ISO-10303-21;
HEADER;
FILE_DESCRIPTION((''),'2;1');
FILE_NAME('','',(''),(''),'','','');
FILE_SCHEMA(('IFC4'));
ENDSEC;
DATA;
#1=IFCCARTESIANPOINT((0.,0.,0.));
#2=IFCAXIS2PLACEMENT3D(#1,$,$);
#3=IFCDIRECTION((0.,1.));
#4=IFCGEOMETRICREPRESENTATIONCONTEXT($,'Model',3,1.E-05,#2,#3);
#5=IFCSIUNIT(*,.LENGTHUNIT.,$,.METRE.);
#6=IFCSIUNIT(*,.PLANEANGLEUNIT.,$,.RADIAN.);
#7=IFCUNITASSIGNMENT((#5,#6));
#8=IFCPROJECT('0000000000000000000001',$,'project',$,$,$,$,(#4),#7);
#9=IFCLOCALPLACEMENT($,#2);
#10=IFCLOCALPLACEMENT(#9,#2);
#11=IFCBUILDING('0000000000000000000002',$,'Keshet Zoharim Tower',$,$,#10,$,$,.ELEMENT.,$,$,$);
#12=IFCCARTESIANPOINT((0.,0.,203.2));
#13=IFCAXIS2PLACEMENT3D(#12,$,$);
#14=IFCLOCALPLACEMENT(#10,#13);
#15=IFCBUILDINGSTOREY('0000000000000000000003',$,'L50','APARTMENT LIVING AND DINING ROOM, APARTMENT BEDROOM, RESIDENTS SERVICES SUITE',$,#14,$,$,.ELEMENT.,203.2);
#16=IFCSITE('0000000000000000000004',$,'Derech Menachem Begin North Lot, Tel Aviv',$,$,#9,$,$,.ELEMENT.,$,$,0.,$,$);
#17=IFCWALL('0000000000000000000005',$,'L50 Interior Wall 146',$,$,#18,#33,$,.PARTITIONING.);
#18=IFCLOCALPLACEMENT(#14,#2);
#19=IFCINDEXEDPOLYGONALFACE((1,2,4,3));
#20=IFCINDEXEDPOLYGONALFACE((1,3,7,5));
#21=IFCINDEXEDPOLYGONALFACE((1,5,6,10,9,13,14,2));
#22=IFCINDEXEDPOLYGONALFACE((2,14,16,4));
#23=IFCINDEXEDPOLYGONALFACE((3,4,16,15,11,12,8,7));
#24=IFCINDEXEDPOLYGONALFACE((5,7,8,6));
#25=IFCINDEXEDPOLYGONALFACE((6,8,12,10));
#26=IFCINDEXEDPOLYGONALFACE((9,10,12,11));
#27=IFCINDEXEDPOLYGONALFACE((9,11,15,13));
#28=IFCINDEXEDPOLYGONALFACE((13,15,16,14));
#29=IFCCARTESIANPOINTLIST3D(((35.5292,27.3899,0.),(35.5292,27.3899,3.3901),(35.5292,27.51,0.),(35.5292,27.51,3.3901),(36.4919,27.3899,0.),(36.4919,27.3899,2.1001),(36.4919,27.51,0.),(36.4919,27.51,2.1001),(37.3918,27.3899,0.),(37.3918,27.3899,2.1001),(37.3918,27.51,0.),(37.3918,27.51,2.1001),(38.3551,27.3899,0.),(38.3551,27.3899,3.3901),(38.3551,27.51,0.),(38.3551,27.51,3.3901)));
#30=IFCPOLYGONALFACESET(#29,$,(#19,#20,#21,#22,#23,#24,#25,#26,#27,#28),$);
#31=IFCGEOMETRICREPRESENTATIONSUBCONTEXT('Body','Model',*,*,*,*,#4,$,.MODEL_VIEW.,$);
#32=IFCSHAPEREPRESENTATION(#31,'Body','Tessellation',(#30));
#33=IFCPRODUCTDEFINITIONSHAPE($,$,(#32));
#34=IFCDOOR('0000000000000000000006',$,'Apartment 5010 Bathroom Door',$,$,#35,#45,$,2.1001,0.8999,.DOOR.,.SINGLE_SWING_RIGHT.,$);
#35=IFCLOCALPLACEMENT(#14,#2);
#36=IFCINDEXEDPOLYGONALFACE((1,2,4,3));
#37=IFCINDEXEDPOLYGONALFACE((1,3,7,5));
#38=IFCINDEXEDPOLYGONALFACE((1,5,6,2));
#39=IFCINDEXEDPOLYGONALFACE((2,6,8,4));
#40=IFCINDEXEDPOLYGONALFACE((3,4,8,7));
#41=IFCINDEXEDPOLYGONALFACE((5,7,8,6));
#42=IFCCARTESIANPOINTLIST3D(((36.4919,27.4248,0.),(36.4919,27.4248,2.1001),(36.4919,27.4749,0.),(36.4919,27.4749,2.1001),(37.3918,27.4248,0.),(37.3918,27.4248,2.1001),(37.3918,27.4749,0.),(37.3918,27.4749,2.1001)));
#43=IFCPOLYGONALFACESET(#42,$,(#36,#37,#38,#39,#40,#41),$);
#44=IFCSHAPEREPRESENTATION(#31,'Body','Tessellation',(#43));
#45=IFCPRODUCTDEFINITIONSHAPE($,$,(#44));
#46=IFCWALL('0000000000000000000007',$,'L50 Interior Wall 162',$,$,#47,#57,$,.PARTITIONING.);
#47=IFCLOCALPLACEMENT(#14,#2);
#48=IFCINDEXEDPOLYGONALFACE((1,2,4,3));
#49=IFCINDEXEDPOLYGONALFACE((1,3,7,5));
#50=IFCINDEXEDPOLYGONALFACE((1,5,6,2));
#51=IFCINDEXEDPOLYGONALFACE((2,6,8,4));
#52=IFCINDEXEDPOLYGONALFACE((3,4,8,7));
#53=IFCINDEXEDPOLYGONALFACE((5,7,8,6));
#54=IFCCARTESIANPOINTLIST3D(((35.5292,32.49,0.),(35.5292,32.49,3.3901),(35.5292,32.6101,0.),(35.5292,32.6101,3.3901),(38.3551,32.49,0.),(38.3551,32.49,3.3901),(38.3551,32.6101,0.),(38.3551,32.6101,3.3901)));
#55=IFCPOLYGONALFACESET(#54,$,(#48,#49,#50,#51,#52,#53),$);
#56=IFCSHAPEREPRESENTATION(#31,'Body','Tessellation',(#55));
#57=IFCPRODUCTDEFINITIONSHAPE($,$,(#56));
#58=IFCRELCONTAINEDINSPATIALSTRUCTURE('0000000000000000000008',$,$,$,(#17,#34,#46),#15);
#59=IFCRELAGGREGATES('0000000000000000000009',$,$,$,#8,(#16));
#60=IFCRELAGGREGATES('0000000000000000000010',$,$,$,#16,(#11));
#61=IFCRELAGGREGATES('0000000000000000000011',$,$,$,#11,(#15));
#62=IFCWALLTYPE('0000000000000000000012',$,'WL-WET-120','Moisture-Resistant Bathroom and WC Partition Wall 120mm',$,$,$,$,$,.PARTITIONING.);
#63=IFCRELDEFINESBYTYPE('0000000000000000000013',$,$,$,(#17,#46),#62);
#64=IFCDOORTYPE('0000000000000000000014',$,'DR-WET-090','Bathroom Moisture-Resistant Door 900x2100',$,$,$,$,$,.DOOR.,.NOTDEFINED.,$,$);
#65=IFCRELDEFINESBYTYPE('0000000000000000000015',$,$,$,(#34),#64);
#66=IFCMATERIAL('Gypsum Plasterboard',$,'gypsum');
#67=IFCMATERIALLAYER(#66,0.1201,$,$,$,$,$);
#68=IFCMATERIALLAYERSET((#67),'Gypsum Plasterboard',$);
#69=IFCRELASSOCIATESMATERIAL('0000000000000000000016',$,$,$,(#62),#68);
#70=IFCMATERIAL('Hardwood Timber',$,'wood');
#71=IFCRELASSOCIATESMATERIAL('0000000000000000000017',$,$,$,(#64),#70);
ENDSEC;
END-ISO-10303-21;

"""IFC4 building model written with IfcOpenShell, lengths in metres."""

from ifc_helpers import new_model, si_unit, direction, frame, frame_2d, origin, place, context, subcontext, project, spatial, rectangle, extrude, material, layer, layer_set, type_object, element, fill, save


model = new_model("IFC4")

# Units and contexts
model_context = context("Model", 3, precision=1e-05, world=origin(), true_north=direction((0.0, 1.0)))
body_context = subcontext(model_context, "Body", "Model", "MODEL_VIEW")
ifc_project = project(units=[si_unit("LENGTHUNIT", "METRE"), si_unit("PLANEANGLEUNIT", "RADIAN")], contexts=[model_context])

# Site, building, storey
site_placement = place(None, origin())
site = spatial("IfcSite", under=ifc_project, at=site_placement, Name="Derech Menachem Begin North Lot, Tel Aviv", CompositionType="ELEMENT", RefElevation=0.0)
building_placement = place(site_placement, origin())
building = spatial("IfcBuilding", under=site, at=building_placement, Name="Keshet Zoharim Tower", CompositionType="ELEMENT")
storey_placement = place(building_placement, frame((0.0, 0.0, 203.2)))
storey = spatial("IfcBuildingStorey", under=building, at=storey_placement, Name="L50", Description="APARTMENT LIVING AND DINING ROOM, APARTMENT BEDROOM, RESIDENTS SERVICES SUITE", CompositionType="ELEMENT", Elevation=203.2)

# Shared definitions
ifc_material_1 = material(Name="Gypsum Plasterboard", Category="gypsum")
ifc_material_2 = material(Name="Hardwood Timber", Category="wood")

# Shared definitions
ifc_layer_1 = layer(ifc_material_1, 0.1201)
ifc_layer_set_1 = layer_set([ifc_layer_1], Name="Gypsum Plasterboard")
wall_type_1 = type_object("IfcWallType", Name="WL-WET-120", Description="Moisture-Resistant Bathroom and WC Partition Wall 120mm", PredefinedType="PARTITIONING", material=ifc_layer_set_1)

# Wall, opening, door
wall_1_placement = place(storey_placement, frame((35.5291, 27.45, 0.0), z_axis=(0.0, 0.0, 1.0), x_axis=(1.0, 0.0, 0.0)))
wall_1 = element("IfcWall", 1, at=wall_1_placement, inside=storey, type_object=wall_type_1, Name="L50 Interior Wall 146", PredefinedType="PARTITIONING", context=body_context, shape_type="SweptSolid", body=[
    extrude(rectangle(XDim=2.8259, YDim=0.1201, at=frame_2d((1.4131, 0.0))), origin(), (0.0, 0.0, 1.0), 3.3901),
])
opening_1_placement = place(wall_1_placement, frame((0.9629, 0.0, 0.0)))
opening_1 = element("IfcOpeningElement", 2, at=opening_1_placement, cuts=wall_1, PredefinedType="OPENING", context=body_context, shape_type="SweptSolid", body=[
    extrude(rectangle(XDim=0.8999, YDim=2.1001, at=frame_2d((0.45, 1.05))), frame((0.0, 0.0701, 0.0), z_axis=(0.0, -1.0, 0.0), x_axis=(1.0, 0.0, 0.0)), (0.0, 0.0, 1.0), 0.1401),
])
door_type_1 = type_object("IfcDoorType", Name="DR-WET-090", Description="Bathroom Moisture-Resistant Door 900x2100", OperationType="NOTDEFINED", PredefinedType="DOOR", material=ifc_material_2)
door_1_placement = place(opening_1_placement, origin())
door_1 = element("IfcDoor", 3, at=door_1_placement, inside=storey, type_object=door_type_1, Name="Apartment 5010 Bathroom Door", OperationType="SINGLE_SWING_RIGHT", OverallHeight=2.1001, OverallWidth=0.8999, PredefinedType="DOOR", context=body_context, shape_type="SweptSolid", body=[
    extrude(rectangle(XDim=0.8999, YDim=2.1001, at=frame_2d((0.45, 1.05))), frame((0.0, 0.0249, 0.0), z_axis=(0.0, -1.0, 0.0), x_axis=(1.0, 0.0, 0.0)), (0.0, 0.0, 1.0), 0.05),
])
fill(opening_1, door_1)

# Wall
wall_2_placement = place(storey_placement, frame((35.5291, 32.55, 0.0), z_axis=(0.0, 0.0, 1.0), x_axis=(1.0, 0.0, 0.0)))
element("IfcWall", 4, at=wall_2_placement, inside=storey, type_object=wall_type_1, Name="L50 Interior Wall 162", PredefinedType="PARTITIONING", context=body_context, shape_type="SweptSolid", body=[
    extrude(rectangle(XDim=2.8259, YDim=0.1201, at=frame_2d((1.4131, 0.0))), origin(), (0.0, 0.0, 1.0), 3.3901),
])

save(model, "model.ifc")
